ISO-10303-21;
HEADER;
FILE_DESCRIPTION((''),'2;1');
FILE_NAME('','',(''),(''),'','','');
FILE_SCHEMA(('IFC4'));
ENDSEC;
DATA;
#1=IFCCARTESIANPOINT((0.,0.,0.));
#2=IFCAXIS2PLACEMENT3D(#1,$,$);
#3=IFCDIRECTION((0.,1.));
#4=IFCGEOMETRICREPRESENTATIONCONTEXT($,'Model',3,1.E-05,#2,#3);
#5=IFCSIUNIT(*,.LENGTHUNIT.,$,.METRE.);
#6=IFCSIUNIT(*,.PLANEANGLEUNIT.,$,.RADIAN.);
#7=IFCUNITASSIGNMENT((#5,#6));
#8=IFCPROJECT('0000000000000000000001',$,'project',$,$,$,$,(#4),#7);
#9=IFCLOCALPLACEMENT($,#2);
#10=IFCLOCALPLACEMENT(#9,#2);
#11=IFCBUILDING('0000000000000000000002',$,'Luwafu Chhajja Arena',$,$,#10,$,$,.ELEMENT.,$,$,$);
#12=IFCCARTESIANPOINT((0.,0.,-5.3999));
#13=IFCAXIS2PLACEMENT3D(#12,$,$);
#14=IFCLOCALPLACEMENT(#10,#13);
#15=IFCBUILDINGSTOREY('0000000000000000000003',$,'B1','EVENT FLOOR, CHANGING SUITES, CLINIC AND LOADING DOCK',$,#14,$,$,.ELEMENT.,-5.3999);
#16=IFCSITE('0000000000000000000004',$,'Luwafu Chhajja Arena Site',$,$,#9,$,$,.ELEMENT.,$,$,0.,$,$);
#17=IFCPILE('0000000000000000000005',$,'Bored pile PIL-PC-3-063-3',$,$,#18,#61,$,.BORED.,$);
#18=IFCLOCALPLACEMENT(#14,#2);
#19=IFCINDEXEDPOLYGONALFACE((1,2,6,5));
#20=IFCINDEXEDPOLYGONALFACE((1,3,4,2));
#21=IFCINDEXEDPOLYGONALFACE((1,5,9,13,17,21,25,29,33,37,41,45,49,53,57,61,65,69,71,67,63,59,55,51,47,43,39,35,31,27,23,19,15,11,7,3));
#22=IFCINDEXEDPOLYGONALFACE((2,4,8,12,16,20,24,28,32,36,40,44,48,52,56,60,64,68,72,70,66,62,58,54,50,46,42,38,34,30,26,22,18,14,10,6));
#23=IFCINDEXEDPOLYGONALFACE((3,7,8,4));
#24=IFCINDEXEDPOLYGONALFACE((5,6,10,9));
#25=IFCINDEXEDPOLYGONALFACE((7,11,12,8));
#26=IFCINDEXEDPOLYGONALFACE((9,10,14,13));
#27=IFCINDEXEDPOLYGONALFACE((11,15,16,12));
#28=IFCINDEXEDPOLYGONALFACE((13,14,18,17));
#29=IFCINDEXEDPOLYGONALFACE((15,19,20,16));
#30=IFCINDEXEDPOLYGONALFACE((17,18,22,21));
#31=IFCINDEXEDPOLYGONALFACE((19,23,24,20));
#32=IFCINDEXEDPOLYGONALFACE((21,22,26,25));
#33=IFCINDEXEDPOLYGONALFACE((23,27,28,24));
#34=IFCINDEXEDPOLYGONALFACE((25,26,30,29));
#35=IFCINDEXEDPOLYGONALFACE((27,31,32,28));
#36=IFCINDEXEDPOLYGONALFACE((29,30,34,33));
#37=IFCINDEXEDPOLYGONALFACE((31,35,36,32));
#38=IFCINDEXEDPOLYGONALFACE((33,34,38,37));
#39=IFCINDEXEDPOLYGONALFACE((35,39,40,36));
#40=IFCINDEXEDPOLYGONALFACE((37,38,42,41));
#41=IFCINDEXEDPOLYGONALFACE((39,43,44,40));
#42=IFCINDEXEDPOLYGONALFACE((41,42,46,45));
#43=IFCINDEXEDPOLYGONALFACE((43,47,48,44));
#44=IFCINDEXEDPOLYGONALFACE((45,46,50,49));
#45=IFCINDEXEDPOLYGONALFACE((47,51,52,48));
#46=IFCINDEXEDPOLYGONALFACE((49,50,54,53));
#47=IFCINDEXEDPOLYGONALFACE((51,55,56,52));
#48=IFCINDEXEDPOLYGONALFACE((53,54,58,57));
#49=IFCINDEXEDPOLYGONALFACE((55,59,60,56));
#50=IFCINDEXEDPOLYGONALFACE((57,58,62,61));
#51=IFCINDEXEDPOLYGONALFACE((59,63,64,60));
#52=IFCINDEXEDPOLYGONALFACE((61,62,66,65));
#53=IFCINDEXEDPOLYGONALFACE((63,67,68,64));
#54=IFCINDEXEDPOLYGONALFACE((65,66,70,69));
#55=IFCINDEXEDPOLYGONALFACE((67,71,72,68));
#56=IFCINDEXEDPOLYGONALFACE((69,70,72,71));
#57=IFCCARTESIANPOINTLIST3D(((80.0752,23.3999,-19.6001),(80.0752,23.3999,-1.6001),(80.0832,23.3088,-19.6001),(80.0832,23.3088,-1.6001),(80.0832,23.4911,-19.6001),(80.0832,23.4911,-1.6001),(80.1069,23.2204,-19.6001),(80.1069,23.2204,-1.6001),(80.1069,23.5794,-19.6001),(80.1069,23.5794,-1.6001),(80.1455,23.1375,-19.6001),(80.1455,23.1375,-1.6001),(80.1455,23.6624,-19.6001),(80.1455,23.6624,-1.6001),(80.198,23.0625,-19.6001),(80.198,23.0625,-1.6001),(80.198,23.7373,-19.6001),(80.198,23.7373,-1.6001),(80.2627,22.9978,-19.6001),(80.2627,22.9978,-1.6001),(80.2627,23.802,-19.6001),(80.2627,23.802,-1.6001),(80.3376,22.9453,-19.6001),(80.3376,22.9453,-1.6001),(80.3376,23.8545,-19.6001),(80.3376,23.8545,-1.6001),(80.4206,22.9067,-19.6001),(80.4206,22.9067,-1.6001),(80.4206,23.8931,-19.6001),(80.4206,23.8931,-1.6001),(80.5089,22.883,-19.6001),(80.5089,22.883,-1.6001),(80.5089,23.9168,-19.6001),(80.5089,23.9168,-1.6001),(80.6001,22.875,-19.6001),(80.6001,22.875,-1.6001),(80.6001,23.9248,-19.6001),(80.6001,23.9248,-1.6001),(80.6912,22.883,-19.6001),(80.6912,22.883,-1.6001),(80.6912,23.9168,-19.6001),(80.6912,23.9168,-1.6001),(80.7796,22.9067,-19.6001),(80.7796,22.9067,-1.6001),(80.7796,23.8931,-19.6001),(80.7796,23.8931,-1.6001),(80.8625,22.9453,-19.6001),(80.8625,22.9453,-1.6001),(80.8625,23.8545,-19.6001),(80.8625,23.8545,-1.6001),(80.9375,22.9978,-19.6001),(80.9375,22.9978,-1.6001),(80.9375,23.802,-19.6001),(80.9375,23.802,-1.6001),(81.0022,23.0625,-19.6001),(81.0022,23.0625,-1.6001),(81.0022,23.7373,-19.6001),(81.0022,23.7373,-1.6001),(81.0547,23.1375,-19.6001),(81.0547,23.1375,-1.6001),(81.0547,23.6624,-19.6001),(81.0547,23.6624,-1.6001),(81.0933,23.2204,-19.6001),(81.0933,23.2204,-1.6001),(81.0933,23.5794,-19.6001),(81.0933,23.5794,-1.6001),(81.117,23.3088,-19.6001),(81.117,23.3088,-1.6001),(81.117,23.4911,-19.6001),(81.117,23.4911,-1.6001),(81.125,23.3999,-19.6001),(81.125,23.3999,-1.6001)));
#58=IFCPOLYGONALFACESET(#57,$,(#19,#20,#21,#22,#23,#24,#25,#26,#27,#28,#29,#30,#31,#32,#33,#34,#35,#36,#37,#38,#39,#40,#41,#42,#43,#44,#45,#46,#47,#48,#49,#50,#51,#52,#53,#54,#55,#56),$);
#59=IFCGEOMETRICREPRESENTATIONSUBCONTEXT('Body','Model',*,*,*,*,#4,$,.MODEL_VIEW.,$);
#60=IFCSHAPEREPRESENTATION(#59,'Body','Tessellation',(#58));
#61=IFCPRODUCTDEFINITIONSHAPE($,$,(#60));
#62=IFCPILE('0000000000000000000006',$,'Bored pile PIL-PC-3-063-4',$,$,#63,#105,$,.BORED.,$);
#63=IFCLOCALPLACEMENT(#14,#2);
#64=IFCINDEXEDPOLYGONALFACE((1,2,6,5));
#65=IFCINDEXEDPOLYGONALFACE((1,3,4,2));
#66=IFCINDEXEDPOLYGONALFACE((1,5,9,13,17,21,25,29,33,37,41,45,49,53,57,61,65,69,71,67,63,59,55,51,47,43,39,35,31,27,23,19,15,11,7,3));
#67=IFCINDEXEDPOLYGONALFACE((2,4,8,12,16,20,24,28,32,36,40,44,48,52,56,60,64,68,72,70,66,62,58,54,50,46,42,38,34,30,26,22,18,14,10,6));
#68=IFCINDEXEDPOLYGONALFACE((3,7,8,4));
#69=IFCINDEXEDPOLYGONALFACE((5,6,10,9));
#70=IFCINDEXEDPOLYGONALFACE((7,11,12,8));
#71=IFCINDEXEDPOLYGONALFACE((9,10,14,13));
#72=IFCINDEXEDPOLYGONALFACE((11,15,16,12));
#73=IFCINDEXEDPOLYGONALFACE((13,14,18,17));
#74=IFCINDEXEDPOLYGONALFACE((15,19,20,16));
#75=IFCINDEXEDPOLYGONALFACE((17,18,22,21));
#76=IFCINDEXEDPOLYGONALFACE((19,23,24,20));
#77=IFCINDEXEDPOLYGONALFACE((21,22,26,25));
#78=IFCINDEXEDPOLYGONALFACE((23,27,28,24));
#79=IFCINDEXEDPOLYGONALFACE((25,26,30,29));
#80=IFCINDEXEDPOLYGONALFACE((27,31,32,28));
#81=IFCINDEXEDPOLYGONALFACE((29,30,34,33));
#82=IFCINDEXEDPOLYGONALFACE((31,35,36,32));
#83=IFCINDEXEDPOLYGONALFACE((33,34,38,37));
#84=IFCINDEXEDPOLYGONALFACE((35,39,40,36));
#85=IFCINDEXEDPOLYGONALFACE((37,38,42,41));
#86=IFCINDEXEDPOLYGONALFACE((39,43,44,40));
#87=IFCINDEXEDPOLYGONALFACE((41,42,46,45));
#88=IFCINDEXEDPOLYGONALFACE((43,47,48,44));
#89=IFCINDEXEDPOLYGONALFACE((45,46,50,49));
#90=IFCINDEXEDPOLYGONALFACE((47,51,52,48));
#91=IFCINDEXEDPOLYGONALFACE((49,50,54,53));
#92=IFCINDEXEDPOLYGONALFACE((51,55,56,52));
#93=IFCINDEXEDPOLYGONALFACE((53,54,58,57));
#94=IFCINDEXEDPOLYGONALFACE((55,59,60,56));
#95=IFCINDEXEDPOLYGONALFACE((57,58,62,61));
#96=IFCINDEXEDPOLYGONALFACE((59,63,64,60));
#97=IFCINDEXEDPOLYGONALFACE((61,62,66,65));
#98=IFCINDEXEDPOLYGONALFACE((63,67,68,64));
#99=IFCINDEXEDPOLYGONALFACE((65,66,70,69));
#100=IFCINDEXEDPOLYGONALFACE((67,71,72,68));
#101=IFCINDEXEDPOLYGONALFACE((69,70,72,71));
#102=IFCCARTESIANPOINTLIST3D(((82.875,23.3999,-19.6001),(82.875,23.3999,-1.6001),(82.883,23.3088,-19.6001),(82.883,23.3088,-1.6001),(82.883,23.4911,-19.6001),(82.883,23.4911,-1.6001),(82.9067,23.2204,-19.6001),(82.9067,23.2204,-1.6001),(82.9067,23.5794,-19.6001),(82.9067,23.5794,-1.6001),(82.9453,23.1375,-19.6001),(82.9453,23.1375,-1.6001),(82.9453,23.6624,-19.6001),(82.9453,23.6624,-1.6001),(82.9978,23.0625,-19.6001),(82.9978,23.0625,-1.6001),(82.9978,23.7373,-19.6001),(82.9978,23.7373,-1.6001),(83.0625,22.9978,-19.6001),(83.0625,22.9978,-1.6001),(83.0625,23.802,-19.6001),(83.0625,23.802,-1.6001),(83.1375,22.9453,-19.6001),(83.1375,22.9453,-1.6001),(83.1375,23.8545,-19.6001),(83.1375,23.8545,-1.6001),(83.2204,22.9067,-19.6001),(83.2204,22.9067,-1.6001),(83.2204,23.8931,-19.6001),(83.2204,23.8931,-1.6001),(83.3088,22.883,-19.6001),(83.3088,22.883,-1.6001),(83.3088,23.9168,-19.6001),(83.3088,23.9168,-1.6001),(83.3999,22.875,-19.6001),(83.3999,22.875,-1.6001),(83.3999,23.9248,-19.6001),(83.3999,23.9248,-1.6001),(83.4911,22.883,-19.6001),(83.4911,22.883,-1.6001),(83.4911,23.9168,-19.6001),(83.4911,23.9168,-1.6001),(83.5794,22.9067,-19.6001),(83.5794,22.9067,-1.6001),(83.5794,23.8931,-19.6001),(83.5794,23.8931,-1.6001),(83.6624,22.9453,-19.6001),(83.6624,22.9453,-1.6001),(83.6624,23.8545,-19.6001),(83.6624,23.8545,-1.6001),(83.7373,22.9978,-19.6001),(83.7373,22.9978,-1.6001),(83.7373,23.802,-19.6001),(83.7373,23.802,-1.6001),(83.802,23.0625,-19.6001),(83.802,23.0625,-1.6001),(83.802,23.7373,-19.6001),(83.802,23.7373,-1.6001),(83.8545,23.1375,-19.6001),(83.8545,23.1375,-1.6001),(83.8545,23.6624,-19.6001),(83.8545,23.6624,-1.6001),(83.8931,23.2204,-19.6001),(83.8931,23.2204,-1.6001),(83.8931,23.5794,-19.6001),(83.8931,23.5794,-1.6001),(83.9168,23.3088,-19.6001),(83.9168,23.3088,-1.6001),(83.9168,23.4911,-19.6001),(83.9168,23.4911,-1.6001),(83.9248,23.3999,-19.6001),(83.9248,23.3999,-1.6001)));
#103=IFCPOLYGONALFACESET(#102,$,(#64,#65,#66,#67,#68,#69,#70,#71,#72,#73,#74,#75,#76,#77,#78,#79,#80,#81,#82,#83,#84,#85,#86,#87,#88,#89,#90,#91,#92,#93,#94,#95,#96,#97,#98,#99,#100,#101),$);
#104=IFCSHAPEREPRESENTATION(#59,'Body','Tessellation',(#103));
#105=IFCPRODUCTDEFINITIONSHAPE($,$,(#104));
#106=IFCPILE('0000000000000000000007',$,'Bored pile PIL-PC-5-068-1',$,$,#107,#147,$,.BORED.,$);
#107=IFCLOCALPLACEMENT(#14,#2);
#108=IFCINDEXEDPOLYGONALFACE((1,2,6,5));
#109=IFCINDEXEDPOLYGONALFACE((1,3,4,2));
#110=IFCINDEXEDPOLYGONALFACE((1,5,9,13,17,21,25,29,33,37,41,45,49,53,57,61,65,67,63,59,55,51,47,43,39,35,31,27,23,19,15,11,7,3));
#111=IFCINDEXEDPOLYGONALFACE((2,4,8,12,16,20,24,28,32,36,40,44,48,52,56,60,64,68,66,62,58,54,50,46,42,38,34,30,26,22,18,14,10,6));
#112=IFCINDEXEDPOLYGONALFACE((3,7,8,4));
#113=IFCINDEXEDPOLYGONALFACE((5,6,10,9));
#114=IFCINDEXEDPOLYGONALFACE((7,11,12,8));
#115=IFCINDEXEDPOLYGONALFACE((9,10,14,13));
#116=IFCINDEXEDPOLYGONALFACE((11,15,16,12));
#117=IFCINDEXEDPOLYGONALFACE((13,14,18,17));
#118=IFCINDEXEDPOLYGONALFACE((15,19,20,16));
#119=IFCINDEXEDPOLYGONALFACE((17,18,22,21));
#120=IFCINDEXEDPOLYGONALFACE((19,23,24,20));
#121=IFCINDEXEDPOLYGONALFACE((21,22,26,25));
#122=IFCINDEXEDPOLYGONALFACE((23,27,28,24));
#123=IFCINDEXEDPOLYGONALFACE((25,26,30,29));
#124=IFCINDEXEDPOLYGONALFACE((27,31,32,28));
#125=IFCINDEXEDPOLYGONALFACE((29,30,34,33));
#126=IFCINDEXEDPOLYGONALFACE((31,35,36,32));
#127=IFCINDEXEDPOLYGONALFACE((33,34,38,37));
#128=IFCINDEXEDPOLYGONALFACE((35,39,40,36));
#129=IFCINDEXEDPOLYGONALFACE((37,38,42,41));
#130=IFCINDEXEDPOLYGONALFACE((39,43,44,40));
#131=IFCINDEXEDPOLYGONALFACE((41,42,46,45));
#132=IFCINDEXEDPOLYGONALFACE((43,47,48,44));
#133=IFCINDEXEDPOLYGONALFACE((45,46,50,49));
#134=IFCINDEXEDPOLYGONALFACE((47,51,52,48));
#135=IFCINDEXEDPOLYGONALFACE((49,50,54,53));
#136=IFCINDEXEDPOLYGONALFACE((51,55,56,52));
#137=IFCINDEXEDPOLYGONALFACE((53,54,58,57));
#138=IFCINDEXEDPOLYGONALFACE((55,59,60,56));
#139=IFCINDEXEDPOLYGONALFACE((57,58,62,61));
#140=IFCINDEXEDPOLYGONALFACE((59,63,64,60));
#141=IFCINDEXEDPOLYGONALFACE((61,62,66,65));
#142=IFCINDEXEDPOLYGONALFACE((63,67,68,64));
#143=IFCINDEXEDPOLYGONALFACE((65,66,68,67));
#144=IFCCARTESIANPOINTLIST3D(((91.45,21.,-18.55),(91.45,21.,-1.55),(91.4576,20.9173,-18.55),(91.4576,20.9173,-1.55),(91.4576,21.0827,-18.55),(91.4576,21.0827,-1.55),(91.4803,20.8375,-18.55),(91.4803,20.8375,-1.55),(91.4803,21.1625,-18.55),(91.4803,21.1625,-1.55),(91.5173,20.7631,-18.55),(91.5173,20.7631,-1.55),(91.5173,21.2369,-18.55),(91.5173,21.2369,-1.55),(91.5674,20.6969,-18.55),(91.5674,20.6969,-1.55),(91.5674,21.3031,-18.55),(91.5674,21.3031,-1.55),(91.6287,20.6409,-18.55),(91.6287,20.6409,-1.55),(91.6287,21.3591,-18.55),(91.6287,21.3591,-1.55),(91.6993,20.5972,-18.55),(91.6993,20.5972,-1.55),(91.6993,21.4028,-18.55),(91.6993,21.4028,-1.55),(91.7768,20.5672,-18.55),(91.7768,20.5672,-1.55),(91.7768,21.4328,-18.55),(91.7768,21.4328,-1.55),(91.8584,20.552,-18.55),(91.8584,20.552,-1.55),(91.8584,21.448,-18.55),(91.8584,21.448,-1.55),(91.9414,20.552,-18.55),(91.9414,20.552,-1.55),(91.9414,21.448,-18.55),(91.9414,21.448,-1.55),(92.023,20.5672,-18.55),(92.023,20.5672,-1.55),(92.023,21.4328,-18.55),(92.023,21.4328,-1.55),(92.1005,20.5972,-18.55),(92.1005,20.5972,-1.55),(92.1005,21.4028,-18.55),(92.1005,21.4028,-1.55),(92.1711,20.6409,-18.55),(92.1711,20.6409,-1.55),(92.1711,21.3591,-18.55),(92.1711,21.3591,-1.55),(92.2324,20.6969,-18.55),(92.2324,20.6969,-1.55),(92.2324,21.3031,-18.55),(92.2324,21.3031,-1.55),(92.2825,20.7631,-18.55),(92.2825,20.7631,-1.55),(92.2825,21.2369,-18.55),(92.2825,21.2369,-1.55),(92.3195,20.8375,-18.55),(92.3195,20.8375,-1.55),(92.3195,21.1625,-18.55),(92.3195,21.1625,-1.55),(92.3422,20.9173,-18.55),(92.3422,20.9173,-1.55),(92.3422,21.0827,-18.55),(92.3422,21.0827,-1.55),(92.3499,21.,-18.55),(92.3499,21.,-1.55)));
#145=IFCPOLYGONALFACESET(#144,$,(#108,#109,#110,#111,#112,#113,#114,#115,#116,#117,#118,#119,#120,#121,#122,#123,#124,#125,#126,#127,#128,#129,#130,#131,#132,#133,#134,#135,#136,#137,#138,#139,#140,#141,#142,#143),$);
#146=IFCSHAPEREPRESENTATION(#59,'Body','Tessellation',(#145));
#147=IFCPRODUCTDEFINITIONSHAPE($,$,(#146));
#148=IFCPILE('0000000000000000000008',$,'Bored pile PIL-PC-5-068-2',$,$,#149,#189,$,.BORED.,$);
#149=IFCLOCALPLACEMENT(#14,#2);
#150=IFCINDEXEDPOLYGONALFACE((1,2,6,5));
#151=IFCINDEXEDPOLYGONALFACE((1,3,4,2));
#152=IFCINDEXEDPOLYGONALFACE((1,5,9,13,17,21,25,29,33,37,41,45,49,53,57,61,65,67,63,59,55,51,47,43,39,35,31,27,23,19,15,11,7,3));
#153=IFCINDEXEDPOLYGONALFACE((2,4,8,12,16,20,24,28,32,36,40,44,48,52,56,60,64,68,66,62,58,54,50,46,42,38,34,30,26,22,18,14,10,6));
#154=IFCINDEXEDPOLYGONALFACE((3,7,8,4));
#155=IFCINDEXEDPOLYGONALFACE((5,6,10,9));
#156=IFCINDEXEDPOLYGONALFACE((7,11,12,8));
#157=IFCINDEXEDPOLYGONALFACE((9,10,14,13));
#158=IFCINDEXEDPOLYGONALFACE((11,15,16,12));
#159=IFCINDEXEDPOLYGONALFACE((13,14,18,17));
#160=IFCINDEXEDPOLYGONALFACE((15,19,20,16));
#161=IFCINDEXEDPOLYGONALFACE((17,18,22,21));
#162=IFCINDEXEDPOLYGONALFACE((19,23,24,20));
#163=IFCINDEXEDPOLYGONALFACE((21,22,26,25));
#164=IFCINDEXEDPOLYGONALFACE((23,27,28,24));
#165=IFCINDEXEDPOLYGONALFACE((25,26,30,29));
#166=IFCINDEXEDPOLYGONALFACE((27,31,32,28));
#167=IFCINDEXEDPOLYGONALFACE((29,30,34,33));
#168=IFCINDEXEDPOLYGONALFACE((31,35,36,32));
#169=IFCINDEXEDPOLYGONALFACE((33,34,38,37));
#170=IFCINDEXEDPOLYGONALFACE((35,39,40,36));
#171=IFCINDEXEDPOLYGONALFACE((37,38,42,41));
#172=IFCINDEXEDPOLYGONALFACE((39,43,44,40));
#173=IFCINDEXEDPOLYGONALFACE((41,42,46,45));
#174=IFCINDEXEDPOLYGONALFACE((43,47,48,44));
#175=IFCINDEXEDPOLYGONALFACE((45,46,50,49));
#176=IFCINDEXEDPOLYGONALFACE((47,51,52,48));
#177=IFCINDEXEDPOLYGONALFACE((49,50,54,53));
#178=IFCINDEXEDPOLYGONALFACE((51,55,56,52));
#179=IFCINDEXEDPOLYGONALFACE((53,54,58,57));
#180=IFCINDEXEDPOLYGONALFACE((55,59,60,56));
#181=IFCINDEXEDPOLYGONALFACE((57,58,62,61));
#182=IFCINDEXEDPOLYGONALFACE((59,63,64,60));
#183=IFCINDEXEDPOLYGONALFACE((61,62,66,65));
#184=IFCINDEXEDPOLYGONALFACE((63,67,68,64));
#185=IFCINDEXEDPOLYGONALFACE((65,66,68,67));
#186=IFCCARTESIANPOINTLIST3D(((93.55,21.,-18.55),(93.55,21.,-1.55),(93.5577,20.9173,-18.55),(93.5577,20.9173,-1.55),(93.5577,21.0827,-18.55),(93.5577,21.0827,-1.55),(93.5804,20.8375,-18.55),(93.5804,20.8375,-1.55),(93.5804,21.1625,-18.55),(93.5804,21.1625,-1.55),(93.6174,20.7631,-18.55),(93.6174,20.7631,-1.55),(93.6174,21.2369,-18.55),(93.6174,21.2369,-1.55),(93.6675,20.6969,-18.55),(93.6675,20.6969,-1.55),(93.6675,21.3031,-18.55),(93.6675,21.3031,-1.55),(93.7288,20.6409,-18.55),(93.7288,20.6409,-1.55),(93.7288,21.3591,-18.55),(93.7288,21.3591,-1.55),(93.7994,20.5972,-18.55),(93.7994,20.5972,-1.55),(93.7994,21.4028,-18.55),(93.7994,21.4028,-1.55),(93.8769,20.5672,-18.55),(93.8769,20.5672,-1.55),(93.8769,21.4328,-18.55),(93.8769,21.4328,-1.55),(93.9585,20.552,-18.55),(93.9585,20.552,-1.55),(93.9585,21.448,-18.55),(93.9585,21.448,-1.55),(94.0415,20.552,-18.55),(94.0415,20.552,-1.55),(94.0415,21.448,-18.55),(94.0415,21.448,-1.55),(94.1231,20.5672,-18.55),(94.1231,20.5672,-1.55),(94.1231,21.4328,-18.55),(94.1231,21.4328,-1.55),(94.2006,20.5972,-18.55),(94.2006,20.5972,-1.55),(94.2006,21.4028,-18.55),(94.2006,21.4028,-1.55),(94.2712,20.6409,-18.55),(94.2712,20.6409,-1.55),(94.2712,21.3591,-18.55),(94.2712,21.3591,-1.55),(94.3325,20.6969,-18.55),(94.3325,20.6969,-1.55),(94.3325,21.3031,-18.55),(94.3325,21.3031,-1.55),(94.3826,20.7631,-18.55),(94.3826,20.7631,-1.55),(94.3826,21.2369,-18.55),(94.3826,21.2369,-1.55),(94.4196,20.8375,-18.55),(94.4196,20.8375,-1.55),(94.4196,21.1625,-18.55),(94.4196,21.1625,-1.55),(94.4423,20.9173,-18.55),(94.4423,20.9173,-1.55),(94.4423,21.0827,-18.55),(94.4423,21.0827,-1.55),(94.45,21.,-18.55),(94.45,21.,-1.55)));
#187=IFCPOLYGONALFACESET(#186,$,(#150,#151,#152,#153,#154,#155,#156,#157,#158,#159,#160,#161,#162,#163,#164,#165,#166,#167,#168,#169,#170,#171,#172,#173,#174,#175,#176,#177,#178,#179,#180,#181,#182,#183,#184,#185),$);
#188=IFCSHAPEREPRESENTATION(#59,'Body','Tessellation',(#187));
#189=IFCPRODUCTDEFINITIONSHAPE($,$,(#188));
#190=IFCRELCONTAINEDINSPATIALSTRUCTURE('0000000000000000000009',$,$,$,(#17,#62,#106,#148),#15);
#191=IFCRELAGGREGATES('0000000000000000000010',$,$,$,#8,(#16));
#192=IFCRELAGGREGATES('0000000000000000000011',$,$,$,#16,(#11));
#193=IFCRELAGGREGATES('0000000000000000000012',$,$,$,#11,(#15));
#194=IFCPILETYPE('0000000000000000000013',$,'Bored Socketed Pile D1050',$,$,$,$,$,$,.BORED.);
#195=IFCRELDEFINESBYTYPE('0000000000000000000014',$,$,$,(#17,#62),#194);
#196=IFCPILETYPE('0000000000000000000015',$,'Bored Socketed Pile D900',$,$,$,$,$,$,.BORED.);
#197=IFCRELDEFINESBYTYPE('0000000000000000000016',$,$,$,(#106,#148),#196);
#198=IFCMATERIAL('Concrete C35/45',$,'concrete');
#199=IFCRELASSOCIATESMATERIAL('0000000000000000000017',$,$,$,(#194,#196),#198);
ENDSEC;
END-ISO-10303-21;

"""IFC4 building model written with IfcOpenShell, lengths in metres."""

from ifc_helpers import new_model, si_unit, direction, frame, origin, origin_2d, place, context, subcontext, project, spatial, circle, extrude, material, material_profile, profile_set, type_object, element, save


model = new_model("IFC4")

# Units and contexts
model_context = context("Model", 3, precision=1e-05, world=origin(), true_north=direction((0.0, 1.0)))
body_context = subcontext(model_context, "Body", "Model", "MODEL_VIEW")
ifc_project = project(units=[si_unit("LENGTHUNIT", "METRE"), si_unit("PLANEANGLEUNIT", "RADIAN")], contexts=[model_context])

# Site, building, storey
site_placement = place(None, origin())
site = spatial("IfcSite", under=ifc_project, at=site_placement, Name="Luwafu Chhajja Arena Site", CompositionType="ELEMENT", RefElevation=0.0)
building_placement = place(site_placement, origin())
building = spatial("IfcBuilding", under=site, at=building_placement, Name="Luwafu Chhajja Arena", CompositionType="ELEMENT")
storey_placement = place(building_placement, frame((0.0, 0.0, -5.3999)))
storey = spatial("IfcBuildingStorey", under=building, at=storey_placement, Name="B1", Description="EVENT FLOOR, CHANGING SUITES, CLINIC AND LOADING DOCK", CompositionType="ELEMENT", Elevation=-5.3999)

# Piles
ifc_material_1 = material(Name="Concrete C35/45", Category="concrete")
ifc_material_profile_1 = material_profile(ifc_material_1, circle(Radius=0.5249, at=origin_2d()), Name="PILE D1050")
ifc_profile_set_1 = profile_set([ifc_material_profile_1], Name="Concrete C35/45")
pile_type_1 = type_object("IfcPileType", Name="Bored Socketed Pile D1050", PredefinedType="BORED", material=ifc_profile_set_1)
for number, where, z_axis, x_axis, name in (
    (1, (80.6001, 23.3999, -1.6001), (0.0, 0.0, -1.0), (1.0, 0.0, 0.0), "Bored pile PIL-PC-3-063-3"),
    (2, (83.3999, 23.3999, -1.6001), (0.0, 0.0, -1.0), (1.0, 0.0, 0.0), "Bored pile PIL-PC-3-063-4"),
):
    element("IfcPile", number, at=place(storey_placement, frame(where, z_axis=z_axis, x_axis=x_axis)), inside=storey, type_object=pile_type_1, Name=name, PredefinedType="BORED", context=body_context, shape_type="SweptSolid", body=[
        extrude(circle(Radius=0.5249, at=origin_2d()), origin(), (0.0, 0.0, 1.0), 18.0),
    ])
ifc_material_profile_2 = material_profile(ifc_material_1, circle(Radius=0.45, at=origin_2d()), Name="PILE D900")
ifc_profile_set_2 = profile_set([ifc_material_profile_2], Name="Concrete C35/45")
pile_type_2 = type_object("IfcPileType", Name="Bored Socketed Pile D900", PredefinedType="BORED", material=ifc_profile_set_2)
for number, where, z_axis, x_axis, name in (
    (3, (91.8999, 21.0, -1.55), (0.0, 0.0, -1.0), (1.0, 0.0, 0.0), "Bored pile PIL-PC-5-068-1"),
    (4, (94.0, 21.0, -1.55), (0.0, 0.0, -1.0), (1.0, 0.0, 0.0), "Bored pile PIL-PC-5-068-2"),
):
    element("IfcPile", number, at=place(storey_placement, frame(where, z_axis=z_axis, x_axis=x_axis)), inside=storey, type_object=pile_type_2, Name=name, PredefinedType="BORED", context=body_context, shape_type="SweptSolid", body=[
        extrude(circle(Radius=0.45, at=origin_2d()), origin(), (0.0, 0.0, 1.0), 17.0),
    ])

save(model, "model.ifc")
